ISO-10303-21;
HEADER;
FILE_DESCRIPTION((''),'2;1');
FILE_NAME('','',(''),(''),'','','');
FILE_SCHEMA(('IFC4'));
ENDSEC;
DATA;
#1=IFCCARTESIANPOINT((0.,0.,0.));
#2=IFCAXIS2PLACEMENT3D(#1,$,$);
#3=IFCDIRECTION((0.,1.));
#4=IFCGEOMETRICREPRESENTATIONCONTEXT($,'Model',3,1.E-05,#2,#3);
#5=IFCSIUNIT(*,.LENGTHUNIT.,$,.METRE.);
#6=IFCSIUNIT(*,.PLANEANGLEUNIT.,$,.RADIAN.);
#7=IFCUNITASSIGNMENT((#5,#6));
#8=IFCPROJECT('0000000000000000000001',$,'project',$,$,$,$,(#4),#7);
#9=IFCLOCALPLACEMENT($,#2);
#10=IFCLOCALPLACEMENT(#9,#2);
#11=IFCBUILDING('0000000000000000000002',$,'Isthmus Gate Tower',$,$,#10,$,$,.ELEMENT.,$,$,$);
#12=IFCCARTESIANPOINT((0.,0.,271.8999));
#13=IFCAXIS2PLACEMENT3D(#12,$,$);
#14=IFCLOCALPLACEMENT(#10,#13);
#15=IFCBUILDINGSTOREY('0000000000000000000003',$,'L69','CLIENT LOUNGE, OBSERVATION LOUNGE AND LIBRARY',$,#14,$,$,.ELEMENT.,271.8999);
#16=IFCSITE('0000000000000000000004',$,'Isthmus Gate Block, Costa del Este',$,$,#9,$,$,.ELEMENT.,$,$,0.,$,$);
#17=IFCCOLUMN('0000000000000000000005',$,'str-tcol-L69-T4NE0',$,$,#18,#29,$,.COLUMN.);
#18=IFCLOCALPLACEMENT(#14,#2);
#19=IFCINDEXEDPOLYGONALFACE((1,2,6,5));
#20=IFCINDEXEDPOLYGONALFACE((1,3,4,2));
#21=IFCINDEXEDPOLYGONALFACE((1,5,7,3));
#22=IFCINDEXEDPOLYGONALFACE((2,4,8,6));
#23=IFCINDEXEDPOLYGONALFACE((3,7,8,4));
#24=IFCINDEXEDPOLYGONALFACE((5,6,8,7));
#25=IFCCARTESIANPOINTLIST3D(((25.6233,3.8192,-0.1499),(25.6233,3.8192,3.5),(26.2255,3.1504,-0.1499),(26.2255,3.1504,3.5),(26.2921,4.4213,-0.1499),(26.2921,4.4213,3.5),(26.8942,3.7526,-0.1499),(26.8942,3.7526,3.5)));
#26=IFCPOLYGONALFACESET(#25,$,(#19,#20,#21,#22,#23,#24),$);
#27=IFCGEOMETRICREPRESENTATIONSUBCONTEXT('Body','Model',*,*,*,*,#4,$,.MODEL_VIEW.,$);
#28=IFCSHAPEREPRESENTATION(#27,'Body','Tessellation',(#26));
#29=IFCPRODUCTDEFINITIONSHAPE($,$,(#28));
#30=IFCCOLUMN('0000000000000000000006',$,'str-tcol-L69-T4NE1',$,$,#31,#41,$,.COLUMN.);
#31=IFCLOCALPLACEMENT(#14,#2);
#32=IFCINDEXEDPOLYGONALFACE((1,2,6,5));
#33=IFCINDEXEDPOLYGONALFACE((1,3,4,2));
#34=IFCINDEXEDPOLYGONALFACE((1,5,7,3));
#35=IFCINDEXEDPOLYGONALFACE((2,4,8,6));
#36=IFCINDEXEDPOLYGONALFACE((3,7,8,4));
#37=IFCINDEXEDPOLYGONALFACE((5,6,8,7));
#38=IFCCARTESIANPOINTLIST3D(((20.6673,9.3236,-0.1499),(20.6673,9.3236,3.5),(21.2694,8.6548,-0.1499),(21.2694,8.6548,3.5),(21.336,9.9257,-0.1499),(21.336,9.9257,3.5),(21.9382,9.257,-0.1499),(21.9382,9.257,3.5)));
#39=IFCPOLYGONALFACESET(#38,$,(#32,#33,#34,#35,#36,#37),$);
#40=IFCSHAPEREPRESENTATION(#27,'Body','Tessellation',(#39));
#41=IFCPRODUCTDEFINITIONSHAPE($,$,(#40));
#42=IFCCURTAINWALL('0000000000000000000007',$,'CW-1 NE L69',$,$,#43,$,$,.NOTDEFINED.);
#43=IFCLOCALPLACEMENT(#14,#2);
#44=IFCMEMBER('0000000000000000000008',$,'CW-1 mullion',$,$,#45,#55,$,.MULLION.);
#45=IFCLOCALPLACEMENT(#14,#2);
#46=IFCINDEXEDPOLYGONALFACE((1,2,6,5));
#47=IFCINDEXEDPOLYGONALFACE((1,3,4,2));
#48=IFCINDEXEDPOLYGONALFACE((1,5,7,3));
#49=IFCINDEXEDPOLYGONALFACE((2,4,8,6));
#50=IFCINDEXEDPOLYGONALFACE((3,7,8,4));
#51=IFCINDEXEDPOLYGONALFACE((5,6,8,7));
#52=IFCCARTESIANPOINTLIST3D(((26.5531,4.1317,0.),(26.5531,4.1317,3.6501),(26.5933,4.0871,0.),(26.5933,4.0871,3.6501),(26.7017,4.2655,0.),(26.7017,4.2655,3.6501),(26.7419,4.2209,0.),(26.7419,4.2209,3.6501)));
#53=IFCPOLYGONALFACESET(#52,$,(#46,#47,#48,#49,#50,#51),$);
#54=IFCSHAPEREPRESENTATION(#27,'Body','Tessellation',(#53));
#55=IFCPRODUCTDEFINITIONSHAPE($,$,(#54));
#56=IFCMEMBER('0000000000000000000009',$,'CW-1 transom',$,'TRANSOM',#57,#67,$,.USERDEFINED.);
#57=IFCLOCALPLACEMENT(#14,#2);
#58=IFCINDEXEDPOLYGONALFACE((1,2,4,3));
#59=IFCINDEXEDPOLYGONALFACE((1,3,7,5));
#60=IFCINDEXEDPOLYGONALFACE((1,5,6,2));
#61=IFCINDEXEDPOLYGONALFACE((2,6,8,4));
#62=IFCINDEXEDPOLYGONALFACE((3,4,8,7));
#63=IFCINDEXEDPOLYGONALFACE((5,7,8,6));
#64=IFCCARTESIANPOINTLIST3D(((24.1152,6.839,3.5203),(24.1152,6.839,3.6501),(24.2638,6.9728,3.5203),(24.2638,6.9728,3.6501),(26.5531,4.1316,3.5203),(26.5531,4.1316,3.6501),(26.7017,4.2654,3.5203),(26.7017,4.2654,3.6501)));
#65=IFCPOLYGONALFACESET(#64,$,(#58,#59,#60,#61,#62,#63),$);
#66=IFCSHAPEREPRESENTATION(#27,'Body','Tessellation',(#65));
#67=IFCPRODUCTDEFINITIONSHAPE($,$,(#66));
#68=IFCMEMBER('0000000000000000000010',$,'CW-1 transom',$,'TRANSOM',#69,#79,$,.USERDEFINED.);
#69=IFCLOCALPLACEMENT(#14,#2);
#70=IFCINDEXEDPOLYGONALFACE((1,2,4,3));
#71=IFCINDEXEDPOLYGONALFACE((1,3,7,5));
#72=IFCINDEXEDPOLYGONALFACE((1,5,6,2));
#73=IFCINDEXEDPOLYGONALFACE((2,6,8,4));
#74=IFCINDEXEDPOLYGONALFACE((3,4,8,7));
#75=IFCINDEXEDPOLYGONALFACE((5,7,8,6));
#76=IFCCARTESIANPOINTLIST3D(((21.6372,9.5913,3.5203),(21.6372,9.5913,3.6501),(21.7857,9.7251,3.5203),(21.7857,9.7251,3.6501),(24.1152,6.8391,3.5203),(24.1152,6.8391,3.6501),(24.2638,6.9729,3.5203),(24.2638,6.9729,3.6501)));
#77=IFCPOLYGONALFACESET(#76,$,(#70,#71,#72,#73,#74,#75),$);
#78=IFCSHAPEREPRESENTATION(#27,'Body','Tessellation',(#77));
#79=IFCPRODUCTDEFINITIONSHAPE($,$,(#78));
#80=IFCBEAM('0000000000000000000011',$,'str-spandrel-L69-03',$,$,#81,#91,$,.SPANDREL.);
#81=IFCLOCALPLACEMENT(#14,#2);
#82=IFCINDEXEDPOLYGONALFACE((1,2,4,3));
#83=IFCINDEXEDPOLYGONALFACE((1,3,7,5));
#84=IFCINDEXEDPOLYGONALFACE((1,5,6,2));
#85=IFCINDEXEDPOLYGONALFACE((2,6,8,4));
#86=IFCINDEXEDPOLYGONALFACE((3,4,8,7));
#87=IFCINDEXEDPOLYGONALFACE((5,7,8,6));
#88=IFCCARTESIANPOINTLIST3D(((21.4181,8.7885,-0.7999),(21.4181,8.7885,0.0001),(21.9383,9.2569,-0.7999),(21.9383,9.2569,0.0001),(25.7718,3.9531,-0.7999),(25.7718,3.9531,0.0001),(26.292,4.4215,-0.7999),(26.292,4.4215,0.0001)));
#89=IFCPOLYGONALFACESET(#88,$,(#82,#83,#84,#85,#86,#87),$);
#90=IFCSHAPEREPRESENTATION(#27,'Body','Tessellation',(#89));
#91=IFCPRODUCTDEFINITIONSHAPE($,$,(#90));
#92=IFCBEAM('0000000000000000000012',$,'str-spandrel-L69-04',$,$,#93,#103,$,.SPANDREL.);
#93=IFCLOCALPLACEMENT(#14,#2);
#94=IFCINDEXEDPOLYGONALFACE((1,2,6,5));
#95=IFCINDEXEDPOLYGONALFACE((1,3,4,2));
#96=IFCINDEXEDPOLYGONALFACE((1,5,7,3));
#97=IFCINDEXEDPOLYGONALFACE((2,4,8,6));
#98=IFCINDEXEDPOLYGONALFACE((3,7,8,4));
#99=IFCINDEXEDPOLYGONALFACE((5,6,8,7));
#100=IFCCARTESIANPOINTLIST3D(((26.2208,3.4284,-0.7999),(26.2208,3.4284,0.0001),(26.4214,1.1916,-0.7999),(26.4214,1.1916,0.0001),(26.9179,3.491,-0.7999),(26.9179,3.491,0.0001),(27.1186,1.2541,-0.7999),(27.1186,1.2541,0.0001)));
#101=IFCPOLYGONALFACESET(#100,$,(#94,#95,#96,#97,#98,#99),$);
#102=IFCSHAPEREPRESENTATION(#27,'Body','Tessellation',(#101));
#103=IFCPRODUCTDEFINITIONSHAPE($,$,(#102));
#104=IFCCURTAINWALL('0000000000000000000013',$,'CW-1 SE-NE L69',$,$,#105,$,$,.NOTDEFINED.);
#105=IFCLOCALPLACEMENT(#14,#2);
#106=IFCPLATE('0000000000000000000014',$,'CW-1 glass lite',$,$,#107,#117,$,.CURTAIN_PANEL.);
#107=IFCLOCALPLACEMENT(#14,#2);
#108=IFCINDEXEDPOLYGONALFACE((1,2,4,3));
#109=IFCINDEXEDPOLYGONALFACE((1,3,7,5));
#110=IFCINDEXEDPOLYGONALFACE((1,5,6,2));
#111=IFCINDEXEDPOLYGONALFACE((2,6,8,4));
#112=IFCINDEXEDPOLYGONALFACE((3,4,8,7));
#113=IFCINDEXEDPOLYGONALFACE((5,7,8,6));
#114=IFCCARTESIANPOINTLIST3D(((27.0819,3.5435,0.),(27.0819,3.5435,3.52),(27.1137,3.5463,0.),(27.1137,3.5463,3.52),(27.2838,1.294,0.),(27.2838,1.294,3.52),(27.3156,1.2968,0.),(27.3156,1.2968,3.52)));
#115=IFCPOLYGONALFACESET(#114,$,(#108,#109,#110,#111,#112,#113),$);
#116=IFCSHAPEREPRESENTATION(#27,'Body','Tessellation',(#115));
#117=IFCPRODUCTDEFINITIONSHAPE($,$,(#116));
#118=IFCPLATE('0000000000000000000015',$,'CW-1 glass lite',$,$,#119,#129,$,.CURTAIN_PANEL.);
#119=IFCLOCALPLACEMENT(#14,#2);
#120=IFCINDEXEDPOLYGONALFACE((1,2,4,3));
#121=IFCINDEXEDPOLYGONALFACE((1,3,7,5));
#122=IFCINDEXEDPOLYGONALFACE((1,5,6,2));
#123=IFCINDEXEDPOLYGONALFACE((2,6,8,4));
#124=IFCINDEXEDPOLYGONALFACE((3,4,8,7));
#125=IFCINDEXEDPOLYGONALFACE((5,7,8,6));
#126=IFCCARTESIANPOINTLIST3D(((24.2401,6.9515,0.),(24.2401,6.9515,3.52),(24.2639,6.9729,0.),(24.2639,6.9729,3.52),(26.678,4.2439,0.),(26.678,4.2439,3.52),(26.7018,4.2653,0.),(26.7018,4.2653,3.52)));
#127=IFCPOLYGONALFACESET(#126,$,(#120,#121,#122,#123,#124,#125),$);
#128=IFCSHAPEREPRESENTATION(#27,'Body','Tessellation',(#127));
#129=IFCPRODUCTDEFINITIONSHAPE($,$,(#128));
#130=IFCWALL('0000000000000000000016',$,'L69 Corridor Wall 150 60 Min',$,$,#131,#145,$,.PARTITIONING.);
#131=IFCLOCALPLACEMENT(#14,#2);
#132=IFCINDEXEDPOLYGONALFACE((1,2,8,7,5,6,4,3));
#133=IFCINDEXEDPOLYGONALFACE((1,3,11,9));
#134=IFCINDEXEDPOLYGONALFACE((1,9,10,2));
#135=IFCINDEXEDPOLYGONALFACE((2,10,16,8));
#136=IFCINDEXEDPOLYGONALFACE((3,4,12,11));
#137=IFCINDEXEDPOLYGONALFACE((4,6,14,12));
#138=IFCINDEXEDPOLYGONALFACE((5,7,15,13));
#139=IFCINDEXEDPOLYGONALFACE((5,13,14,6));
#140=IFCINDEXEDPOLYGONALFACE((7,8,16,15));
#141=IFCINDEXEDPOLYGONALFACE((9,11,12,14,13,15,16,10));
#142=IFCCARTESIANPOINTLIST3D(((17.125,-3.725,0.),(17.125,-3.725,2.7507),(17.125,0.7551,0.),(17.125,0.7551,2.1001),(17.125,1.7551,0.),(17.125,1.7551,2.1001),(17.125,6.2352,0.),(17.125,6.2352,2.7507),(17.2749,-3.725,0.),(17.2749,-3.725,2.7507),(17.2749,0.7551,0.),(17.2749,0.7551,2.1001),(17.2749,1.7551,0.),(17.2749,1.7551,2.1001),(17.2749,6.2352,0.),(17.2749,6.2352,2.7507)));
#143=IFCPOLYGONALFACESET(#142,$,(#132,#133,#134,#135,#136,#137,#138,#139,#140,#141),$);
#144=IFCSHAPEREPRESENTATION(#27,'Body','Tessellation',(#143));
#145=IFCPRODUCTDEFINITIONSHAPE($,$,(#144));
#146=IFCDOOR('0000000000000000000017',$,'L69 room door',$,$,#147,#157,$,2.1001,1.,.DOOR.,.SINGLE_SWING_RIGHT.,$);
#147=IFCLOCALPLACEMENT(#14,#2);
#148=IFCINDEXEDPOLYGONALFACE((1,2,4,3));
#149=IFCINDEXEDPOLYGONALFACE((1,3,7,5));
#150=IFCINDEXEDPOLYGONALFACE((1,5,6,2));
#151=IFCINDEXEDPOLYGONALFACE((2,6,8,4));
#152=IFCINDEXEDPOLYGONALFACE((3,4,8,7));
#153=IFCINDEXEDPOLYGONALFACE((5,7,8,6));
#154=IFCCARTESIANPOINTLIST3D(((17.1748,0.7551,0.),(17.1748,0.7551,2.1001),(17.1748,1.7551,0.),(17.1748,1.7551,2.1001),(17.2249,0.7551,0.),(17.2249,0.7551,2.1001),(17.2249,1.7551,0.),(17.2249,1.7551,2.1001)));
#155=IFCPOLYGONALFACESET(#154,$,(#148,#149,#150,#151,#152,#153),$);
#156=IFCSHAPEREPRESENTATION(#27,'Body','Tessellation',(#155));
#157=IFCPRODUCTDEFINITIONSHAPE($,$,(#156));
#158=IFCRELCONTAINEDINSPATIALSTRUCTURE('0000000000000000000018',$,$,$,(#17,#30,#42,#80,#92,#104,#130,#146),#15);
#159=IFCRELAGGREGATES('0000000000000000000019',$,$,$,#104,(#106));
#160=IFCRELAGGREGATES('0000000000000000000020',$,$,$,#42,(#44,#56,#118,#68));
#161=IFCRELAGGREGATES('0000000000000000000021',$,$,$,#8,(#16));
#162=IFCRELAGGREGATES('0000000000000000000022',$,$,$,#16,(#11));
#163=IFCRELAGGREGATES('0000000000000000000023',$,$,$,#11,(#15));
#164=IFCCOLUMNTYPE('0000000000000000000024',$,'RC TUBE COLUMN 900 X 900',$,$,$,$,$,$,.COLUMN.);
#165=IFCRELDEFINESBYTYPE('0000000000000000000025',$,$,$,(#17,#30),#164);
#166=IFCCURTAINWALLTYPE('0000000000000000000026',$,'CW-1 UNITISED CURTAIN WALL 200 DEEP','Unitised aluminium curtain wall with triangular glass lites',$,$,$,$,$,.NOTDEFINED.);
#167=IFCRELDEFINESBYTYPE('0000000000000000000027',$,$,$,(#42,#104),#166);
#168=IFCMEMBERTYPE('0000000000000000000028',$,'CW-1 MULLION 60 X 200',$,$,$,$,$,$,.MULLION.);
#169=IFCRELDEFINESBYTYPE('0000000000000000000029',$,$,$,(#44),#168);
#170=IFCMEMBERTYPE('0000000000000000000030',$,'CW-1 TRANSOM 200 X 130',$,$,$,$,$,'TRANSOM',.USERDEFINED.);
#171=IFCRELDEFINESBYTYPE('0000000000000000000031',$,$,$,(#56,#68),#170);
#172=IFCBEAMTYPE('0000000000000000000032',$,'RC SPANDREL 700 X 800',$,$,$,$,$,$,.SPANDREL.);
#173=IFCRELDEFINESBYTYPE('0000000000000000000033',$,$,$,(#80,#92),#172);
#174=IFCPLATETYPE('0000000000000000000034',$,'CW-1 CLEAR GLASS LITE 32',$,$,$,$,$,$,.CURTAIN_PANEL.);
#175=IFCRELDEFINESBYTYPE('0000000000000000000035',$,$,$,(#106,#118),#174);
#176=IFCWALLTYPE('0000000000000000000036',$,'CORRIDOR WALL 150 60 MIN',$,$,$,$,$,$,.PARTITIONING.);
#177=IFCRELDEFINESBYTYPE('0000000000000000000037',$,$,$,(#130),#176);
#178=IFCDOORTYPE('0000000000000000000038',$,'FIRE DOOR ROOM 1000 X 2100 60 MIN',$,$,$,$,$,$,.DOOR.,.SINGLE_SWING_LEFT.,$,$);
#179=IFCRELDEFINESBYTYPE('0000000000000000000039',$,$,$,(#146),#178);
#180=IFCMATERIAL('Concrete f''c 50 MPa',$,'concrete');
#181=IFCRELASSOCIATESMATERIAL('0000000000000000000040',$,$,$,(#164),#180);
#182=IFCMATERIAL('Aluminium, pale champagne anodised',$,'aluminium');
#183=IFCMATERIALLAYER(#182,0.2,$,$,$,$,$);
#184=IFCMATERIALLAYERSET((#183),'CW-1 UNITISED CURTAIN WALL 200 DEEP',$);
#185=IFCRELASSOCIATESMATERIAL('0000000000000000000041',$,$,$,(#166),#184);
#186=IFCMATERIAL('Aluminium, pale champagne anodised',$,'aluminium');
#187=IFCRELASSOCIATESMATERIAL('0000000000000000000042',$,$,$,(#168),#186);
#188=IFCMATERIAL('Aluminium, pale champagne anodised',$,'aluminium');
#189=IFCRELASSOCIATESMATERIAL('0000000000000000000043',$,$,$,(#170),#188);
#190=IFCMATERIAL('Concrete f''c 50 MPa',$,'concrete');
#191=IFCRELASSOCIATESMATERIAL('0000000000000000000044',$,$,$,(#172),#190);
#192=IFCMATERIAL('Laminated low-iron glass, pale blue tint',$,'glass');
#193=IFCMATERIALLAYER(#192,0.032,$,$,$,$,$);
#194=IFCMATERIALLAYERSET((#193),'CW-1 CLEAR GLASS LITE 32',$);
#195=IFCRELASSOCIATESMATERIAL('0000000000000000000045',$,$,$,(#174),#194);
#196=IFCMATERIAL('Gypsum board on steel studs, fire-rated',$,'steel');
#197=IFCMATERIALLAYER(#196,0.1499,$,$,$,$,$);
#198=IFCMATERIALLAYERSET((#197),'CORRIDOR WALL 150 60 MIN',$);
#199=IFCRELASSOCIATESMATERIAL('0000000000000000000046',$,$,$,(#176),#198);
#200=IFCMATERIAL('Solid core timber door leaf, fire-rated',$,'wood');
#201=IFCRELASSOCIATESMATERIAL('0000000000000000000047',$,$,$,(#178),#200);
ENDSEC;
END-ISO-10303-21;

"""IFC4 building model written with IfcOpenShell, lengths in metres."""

from ifc_helpers import new_model, si_unit, direction, frame, frame_2d, origin, origin_2d, place, context, subcontext, project, spatial, rectangle, extrude, material, layer, layer_set, material_profile, profile_set, type_object, element, fill, aggregate, save


model = new_model("IFC4")

# Units and contexts
model_context = context("Model", 3, precision=1e-05, world=origin(), true_north=direction((0.0, 1.0)))
body_context = subcontext(model_context, "Body", "Model", "MODEL_VIEW")
ifc_project = project(units=[si_unit("LENGTHUNIT", "METRE"), si_unit("PLANEANGLEUNIT", "RADIAN")], contexts=[model_context])

# Site, building, storey
site_placement = place(None, origin())
site = spatial("IfcSite", under=ifc_project, at=site_placement, Name="Isthmus Gate Block, Costa del Este", CompositionType="ELEMENT", RefElevation=0.0)
building_placement = place(site_placement, origin())
building = spatial("IfcBuilding", under=site, at=building_placement, Name="Isthmus Gate Tower", CompositionType="ELEMENT")
storey_placement = place(building_placement, frame((0.0, 0.0, 271.8999)))
storey = spatial("IfcBuildingStorey", under=building, at=storey_placement, Name="L69", Description="CLIENT LOUNGE, OBSERVATION LOUNGE AND LIBRARY", CompositionType="ELEMENT", Elevation=271.8999)

# Columns
ifc_material_1 = material(Name="Concrete f'c 50 MPa", Category="concrete")
ifc_material_profile_1 = material_profile(ifc_material_1, rectangle(XDim=0.8999, YDim=0.8999, at=origin_2d()), Name="RC 900X900")
ifc_profile_set_1 = profile_set([ifc_material_profile_1], Name="Concrete f'c 50 MPa")
column_type = type_object("IfcColumnType", Name="RC TUBE COLUMN 900 X 900", PredefinedType="COLUMN", material=ifc_profile_set_1)
for number, where, z_axis, x_axis, name in (
    (1, (26.2588, 3.7859, -0.1499), (0.0, 0.0, 1.0), (-0.669131, 0.743145, 0.0), "str-tcol-L69-T4NE0"),
    (2, (21.3027, 9.2903, -0.1499), (0.0, 0.0, 1.0), (-0.669131, 0.743145, 0.0), "str-tcol-L69-T4NE1"),
):
    element("IfcColumn", number, at=place(storey_placement, frame(where, z_axis=z_axis, x_axis=x_axis)), inside=storey, type_object=column_type, Name=name, PredefinedType="COLUMN", context=body_context, shape_type="SweptSolid", body=[
        extrude(rectangle(XDim=0.8999, YDim=0.8999, at=origin_2d()), origin(), (0.0, 0.0, 1.0), 3.6499),
    ])

# Curtain wall, members
ifc_material_2 = material(Name="Aluminium, pale champagne anodised", Category="aluminium")
ifc_layer_1 = layer(ifc_material_2, 0.2)
ifc_layer_set_1 = layer_set([ifc_layer_1], Name="CW-1 UNITISED CURTAIN WALL 200 DEEP")
curtain_wall_type = type_object("IfcCurtainWallType", Name="CW-1 UNITISED CURTAIN WALL 200 DEEP", Description="Unitised aluminium curtain wall with triangular glass lites", PredefinedType="NOTDEFINED", material=ifc_layer_set_1)
curtain_wall_1_placement = place(storey_placement, origin())
curtain_wall_1 = element("IfcCurtainWall", 3, at=curtain_wall_1_placement, inside=storey, type_object=curtain_wall_type, Name="CW-1 NE L69", PredefinedType="NOTDEFINED")
ifc_material_3 = material(Name="Aluminium, pale champagne anodised", Category="aluminium")
ifc_material_profile_2 = material_profile(ifc_material_3, rectangle(XDim=0.0601, YDim=0.2, at=origin_2d()), Name="60x200")
ifc_profile_set_2 = profile_set([ifc_material_profile_2], Name="Aluminium, pale champagne anodised")
member_type_1 = type_object("IfcMemberType", Name="CW-1 MULLION 60 X 200", PredefinedType="MULLION", material=ifc_profile_set_2)
member_1_placement = place(storey_placement, frame((26.6475, 4.1763, 0.0), z_axis=(0.0, 0.0, 1.0), x_axis=(-0.669131, 0.743145, 0.0)))
member_1 = element("IfcMember", 4, at=member_1_placement, type_object=member_type_1, Name="CW-1 mullion", PredefinedType="MULLION", context=body_context, shape_type="SweptSolid", body=[
    extrude(rectangle(XDim=0.0601, YDim=0.2, at=origin_2d()), origin(), (0.0, 0.0, 1.0), 3.6501),
])
ifc_material_4 = material(Name="Aluminium, pale champagne anodised", Category="aluminium")
ifc_material_profile_3 = material_profile(ifc_material_4, rectangle(XDim=0.2, YDim=0.1299, at=origin_2d()), Name="200x130")
ifc_profile_set_3 = profile_set([ifc_material_profile_3], Name="Aluminium, pale champagne anodised")
member_type_2 = type_object("IfcMemberType", Name="CW-1 TRANSOM 200 X 130", ElementType="TRANSOM", PredefinedType="USERDEFINED", material=ifc_profile_set_3)
member_2_placement = place(storey_placement, frame((26.6274, 4.1985, 3.5852), z_axis=(-0.66915, 0.743128, 0.0), x_axis=(-0.743128, -0.66915, 0.0)))
member_2 = element("IfcMember", 5, at=member_2_placement, type_object=member_type_2, Name="CW-1 transom", ObjectType="TRANSOM", PredefinedType="USERDEFINED", context=body_context, shape_type="SweptSolid", body=[
    extrude(rectangle(XDim=0.2, YDim=0.1299, at=origin_2d()), origin(), (0.0, 0.0, 1.0), 3.6433),
])
member_3_placement = place(storey_placement, frame((24.1895, 6.906, 3.5852), z_axis=(-0.669121, 0.743153, 0.0), x_axis=(-0.743153, -0.669121, 0.0)))
member_3 = element("IfcMember", 6, at=member_3_placement, type_object=member_type_2, Name="CW-1 transom", ObjectType="TRANSOM", PredefinedType="USERDEFINED", context=body_context, shape_type="SweptSolid", body=[
    extrude(rectangle(XDim=0.2, YDim=0.1299, at=origin_2d()), origin(), (0.0, 0.0, 1.0), 3.7034),
])

# Beams
ifc_material_5 = material(Name="Concrete f'c 50 MPa", Category="concrete")
ifc_material_profile_4 = material_profile(ifc_material_5, rectangle(XDim=0.7, YDim=0.8, at=origin_2d()), Name="RC 700X800")
ifc_profile_set_4 = profile_set([ifc_material_profile_4], Name="Concrete f'c 50 MPa")
beam_type = type_object("IfcBeamType", Name="RC SPANDREL 700 X 800", PredefinedType="SPANDREL", material=ifc_profile_set_4)
beam_1_placement = place(storey_placement, frame((21.6782, 9.0227, -0.3999), z_axis=(0.669122, -0.743152, 0.0), x_axis=(0.743152, 0.669122, 0.0)))
element("IfcBeam", 7, at=beam_1_placement, inside=storey, type_object=beam_type, Name="str-spandrel-L69-03", PredefinedType="SPANDREL", context=body_context, shape_type="SweptSolid", body=[
    extrude(rectangle(XDim=0.7, YDim=0.8, at=origin_2d()), origin(), (0.0, 0.0, 1.0), 6.5066),
])
beam_2_placement = place(storey_placement, frame((26.5693, 3.4597, -0.3999), z_axis=(0.089359, -0.995999, 0.0), x_axis=(0.995999, 0.089359, 0.0)))
element("IfcBeam", 8, at=beam_2_placement, inside=storey, type_object=beam_type, Name="str-spandrel-L69-04", PredefinedType="SPANDREL", context=body_context, shape_type="SweptSolid", body=[
    extrude(rectangle(XDim=0.7, YDim=0.8, at=origin_2d()), origin(), (0.0, 0.0, 1.0), 2.2458),
])

# Curtain wall, plate
curtain_wall_2_placement = place(storey_placement, origin())
curtain_wall_2 = element("IfcCurtainWall", 9, at=curtain_wall_2_placement, inside=storey, type_object=curtain_wall_type, Name="CW-1 SE-NE L69", PredefinedType="NOTDEFINED")
ifc_material_6 = material(Name="Laminated low-iron glass, pale blue tint", Category="glass")
ifc_layer_2 = layer(ifc_material_6, 0.032)
ifc_layer_set_2 = layer_set([ifc_layer_2], Name="CW-1 CLEAR GLASS LITE 32")
plate_type = type_object("IfcPlateType", Name="CW-1 CLEAR GLASS LITE 32", PredefinedType="CURTAIN_PANEL", material=ifc_layer_set_2)
plate_1_placement = place(storey_placement, frame((27.1987, 2.4202, 0.0), z_axis=(0.0, 0.0, 1.0), x_axis=(-0.089397, 0.995996, 0.0)))
plate_1 = element("IfcPlate", 10, at=plate_1_placement, type_object=plate_type, Name="CW-1 glass lite", PredefinedType="CURTAIN_PANEL", context=body_context, shape_type="SweptSolid", body=[
    extrude(rectangle(XDim=2.2585, YDim=0.032, at=origin_2d()), origin(), (0.0, 0.0, 1.0), 3.52),
])
aggregate(curtain_wall_2, [plate_1])

# Plate
plate_2_placement = place(storey_placement, frame((25.4709, 5.6084, 0.0), z_axis=(0.0, 0.0, 1.0), x_axis=(-0.669131, 0.743145, 0.0)))
plate_2 = element("IfcPlate", 11, at=plate_2_placement, type_object=plate_type, Name="CW-1 glass lite", PredefinedType="CURTAIN_PANEL", context=body_context, shape_type="SweptSolid", body=[
    extrude(rectangle(XDim=3.6433, YDim=0.032, at=origin_2d()), origin(), (0.0, 0.0, 1.0), 3.52),
])

# Wall, opening, door
ifc_material_7 = material(Name="Gypsum board on steel studs, fire-rated", Category="steel")
ifc_layer_3 = layer(ifc_material_7, 0.1499)
ifc_layer_set_3 = layer_set([ifc_layer_3], Name="CORRIDOR WALL 150 60 MIN")
wall_type_1 = type_object("IfcWallType", Name="CORRIDOR WALL 150 60 MIN", PredefinedType="PARTITIONING", material=ifc_layer_set_3)
wall_1_placement = place(storey_placement, frame((17.2, 6.2351, 0.0), z_axis=(0.0, 0.0, 1.0), x_axis=(0.0, -1.0, 0.0)))
wall_1 = element("IfcWall", 12, at=wall_1_placement, inside=storey, type_object=wall_type_1, Name="L69 Corridor Wall 150 60 Min", PredefinedType="PARTITIONING", context=body_context, shape_type="SweptSolid", body=[
    extrude(rectangle(XDim=9.9602, YDim=0.1499, at=frame_2d((4.98, 0.0))), origin(), (0.0, 0.0, 1.0), 2.7507),
])
opening_1_placement = place(wall_1_placement, frame((4.48, 0.0, 0.0)))
opening_1 = element("IfcOpeningElement", 13, at=opening_1_placement, cuts=wall_1, PredefinedType="OPENING", context=body_context, shape_type="SweptSolid", body=[
    extrude(rectangle(XDim=1.0, YDim=2.1001, at=frame_2d((0.5, 1.05))), frame((0.0, 0.085, 0.0), z_axis=(0.0, -1.0, 0.0), x_axis=(1.0, 0.0, 0.0)), (0.0, 0.0, 1.0), 0.1699),
])
ifc_material_8 = material(Name="Solid core timber door leaf, fire-rated", Category="wood")
door_type_1 = type_object("IfcDoorType", Name="FIRE DOOR ROOM 1000 X 2100 60 MIN", OperationType="SINGLE_SWING_LEFT", PredefinedType="DOOR", material=ifc_material_8)
door_1_placement = place(opening_1_placement, origin())
door_1 = element("IfcDoor", 14, at=door_1_placement, inside=storey, type_object=door_type_1, Name="L69 room door", OperationType="SINGLE_SWING_RIGHT", OverallHeight=2.1001, OverallWidth=1.0, PredefinedType="DOOR", context=body_context, shape_type="SweptSolid", body=[
    extrude(rectangle(XDim=1.0, YDim=2.1001, at=frame_2d((0.5, 1.05))), frame((0.0, 0.0249, 0.0), z_axis=(0.0, -1.0, 0.0), x_axis=(1.0, 0.0, 0.0)), (0.0, 0.0, 1.0), 0.05),
])
fill(opening_1, door_1)

aggregate(curtain_wall_1, [member_1, member_2, plate_2, member_3])

save(model, "model.ifc")
